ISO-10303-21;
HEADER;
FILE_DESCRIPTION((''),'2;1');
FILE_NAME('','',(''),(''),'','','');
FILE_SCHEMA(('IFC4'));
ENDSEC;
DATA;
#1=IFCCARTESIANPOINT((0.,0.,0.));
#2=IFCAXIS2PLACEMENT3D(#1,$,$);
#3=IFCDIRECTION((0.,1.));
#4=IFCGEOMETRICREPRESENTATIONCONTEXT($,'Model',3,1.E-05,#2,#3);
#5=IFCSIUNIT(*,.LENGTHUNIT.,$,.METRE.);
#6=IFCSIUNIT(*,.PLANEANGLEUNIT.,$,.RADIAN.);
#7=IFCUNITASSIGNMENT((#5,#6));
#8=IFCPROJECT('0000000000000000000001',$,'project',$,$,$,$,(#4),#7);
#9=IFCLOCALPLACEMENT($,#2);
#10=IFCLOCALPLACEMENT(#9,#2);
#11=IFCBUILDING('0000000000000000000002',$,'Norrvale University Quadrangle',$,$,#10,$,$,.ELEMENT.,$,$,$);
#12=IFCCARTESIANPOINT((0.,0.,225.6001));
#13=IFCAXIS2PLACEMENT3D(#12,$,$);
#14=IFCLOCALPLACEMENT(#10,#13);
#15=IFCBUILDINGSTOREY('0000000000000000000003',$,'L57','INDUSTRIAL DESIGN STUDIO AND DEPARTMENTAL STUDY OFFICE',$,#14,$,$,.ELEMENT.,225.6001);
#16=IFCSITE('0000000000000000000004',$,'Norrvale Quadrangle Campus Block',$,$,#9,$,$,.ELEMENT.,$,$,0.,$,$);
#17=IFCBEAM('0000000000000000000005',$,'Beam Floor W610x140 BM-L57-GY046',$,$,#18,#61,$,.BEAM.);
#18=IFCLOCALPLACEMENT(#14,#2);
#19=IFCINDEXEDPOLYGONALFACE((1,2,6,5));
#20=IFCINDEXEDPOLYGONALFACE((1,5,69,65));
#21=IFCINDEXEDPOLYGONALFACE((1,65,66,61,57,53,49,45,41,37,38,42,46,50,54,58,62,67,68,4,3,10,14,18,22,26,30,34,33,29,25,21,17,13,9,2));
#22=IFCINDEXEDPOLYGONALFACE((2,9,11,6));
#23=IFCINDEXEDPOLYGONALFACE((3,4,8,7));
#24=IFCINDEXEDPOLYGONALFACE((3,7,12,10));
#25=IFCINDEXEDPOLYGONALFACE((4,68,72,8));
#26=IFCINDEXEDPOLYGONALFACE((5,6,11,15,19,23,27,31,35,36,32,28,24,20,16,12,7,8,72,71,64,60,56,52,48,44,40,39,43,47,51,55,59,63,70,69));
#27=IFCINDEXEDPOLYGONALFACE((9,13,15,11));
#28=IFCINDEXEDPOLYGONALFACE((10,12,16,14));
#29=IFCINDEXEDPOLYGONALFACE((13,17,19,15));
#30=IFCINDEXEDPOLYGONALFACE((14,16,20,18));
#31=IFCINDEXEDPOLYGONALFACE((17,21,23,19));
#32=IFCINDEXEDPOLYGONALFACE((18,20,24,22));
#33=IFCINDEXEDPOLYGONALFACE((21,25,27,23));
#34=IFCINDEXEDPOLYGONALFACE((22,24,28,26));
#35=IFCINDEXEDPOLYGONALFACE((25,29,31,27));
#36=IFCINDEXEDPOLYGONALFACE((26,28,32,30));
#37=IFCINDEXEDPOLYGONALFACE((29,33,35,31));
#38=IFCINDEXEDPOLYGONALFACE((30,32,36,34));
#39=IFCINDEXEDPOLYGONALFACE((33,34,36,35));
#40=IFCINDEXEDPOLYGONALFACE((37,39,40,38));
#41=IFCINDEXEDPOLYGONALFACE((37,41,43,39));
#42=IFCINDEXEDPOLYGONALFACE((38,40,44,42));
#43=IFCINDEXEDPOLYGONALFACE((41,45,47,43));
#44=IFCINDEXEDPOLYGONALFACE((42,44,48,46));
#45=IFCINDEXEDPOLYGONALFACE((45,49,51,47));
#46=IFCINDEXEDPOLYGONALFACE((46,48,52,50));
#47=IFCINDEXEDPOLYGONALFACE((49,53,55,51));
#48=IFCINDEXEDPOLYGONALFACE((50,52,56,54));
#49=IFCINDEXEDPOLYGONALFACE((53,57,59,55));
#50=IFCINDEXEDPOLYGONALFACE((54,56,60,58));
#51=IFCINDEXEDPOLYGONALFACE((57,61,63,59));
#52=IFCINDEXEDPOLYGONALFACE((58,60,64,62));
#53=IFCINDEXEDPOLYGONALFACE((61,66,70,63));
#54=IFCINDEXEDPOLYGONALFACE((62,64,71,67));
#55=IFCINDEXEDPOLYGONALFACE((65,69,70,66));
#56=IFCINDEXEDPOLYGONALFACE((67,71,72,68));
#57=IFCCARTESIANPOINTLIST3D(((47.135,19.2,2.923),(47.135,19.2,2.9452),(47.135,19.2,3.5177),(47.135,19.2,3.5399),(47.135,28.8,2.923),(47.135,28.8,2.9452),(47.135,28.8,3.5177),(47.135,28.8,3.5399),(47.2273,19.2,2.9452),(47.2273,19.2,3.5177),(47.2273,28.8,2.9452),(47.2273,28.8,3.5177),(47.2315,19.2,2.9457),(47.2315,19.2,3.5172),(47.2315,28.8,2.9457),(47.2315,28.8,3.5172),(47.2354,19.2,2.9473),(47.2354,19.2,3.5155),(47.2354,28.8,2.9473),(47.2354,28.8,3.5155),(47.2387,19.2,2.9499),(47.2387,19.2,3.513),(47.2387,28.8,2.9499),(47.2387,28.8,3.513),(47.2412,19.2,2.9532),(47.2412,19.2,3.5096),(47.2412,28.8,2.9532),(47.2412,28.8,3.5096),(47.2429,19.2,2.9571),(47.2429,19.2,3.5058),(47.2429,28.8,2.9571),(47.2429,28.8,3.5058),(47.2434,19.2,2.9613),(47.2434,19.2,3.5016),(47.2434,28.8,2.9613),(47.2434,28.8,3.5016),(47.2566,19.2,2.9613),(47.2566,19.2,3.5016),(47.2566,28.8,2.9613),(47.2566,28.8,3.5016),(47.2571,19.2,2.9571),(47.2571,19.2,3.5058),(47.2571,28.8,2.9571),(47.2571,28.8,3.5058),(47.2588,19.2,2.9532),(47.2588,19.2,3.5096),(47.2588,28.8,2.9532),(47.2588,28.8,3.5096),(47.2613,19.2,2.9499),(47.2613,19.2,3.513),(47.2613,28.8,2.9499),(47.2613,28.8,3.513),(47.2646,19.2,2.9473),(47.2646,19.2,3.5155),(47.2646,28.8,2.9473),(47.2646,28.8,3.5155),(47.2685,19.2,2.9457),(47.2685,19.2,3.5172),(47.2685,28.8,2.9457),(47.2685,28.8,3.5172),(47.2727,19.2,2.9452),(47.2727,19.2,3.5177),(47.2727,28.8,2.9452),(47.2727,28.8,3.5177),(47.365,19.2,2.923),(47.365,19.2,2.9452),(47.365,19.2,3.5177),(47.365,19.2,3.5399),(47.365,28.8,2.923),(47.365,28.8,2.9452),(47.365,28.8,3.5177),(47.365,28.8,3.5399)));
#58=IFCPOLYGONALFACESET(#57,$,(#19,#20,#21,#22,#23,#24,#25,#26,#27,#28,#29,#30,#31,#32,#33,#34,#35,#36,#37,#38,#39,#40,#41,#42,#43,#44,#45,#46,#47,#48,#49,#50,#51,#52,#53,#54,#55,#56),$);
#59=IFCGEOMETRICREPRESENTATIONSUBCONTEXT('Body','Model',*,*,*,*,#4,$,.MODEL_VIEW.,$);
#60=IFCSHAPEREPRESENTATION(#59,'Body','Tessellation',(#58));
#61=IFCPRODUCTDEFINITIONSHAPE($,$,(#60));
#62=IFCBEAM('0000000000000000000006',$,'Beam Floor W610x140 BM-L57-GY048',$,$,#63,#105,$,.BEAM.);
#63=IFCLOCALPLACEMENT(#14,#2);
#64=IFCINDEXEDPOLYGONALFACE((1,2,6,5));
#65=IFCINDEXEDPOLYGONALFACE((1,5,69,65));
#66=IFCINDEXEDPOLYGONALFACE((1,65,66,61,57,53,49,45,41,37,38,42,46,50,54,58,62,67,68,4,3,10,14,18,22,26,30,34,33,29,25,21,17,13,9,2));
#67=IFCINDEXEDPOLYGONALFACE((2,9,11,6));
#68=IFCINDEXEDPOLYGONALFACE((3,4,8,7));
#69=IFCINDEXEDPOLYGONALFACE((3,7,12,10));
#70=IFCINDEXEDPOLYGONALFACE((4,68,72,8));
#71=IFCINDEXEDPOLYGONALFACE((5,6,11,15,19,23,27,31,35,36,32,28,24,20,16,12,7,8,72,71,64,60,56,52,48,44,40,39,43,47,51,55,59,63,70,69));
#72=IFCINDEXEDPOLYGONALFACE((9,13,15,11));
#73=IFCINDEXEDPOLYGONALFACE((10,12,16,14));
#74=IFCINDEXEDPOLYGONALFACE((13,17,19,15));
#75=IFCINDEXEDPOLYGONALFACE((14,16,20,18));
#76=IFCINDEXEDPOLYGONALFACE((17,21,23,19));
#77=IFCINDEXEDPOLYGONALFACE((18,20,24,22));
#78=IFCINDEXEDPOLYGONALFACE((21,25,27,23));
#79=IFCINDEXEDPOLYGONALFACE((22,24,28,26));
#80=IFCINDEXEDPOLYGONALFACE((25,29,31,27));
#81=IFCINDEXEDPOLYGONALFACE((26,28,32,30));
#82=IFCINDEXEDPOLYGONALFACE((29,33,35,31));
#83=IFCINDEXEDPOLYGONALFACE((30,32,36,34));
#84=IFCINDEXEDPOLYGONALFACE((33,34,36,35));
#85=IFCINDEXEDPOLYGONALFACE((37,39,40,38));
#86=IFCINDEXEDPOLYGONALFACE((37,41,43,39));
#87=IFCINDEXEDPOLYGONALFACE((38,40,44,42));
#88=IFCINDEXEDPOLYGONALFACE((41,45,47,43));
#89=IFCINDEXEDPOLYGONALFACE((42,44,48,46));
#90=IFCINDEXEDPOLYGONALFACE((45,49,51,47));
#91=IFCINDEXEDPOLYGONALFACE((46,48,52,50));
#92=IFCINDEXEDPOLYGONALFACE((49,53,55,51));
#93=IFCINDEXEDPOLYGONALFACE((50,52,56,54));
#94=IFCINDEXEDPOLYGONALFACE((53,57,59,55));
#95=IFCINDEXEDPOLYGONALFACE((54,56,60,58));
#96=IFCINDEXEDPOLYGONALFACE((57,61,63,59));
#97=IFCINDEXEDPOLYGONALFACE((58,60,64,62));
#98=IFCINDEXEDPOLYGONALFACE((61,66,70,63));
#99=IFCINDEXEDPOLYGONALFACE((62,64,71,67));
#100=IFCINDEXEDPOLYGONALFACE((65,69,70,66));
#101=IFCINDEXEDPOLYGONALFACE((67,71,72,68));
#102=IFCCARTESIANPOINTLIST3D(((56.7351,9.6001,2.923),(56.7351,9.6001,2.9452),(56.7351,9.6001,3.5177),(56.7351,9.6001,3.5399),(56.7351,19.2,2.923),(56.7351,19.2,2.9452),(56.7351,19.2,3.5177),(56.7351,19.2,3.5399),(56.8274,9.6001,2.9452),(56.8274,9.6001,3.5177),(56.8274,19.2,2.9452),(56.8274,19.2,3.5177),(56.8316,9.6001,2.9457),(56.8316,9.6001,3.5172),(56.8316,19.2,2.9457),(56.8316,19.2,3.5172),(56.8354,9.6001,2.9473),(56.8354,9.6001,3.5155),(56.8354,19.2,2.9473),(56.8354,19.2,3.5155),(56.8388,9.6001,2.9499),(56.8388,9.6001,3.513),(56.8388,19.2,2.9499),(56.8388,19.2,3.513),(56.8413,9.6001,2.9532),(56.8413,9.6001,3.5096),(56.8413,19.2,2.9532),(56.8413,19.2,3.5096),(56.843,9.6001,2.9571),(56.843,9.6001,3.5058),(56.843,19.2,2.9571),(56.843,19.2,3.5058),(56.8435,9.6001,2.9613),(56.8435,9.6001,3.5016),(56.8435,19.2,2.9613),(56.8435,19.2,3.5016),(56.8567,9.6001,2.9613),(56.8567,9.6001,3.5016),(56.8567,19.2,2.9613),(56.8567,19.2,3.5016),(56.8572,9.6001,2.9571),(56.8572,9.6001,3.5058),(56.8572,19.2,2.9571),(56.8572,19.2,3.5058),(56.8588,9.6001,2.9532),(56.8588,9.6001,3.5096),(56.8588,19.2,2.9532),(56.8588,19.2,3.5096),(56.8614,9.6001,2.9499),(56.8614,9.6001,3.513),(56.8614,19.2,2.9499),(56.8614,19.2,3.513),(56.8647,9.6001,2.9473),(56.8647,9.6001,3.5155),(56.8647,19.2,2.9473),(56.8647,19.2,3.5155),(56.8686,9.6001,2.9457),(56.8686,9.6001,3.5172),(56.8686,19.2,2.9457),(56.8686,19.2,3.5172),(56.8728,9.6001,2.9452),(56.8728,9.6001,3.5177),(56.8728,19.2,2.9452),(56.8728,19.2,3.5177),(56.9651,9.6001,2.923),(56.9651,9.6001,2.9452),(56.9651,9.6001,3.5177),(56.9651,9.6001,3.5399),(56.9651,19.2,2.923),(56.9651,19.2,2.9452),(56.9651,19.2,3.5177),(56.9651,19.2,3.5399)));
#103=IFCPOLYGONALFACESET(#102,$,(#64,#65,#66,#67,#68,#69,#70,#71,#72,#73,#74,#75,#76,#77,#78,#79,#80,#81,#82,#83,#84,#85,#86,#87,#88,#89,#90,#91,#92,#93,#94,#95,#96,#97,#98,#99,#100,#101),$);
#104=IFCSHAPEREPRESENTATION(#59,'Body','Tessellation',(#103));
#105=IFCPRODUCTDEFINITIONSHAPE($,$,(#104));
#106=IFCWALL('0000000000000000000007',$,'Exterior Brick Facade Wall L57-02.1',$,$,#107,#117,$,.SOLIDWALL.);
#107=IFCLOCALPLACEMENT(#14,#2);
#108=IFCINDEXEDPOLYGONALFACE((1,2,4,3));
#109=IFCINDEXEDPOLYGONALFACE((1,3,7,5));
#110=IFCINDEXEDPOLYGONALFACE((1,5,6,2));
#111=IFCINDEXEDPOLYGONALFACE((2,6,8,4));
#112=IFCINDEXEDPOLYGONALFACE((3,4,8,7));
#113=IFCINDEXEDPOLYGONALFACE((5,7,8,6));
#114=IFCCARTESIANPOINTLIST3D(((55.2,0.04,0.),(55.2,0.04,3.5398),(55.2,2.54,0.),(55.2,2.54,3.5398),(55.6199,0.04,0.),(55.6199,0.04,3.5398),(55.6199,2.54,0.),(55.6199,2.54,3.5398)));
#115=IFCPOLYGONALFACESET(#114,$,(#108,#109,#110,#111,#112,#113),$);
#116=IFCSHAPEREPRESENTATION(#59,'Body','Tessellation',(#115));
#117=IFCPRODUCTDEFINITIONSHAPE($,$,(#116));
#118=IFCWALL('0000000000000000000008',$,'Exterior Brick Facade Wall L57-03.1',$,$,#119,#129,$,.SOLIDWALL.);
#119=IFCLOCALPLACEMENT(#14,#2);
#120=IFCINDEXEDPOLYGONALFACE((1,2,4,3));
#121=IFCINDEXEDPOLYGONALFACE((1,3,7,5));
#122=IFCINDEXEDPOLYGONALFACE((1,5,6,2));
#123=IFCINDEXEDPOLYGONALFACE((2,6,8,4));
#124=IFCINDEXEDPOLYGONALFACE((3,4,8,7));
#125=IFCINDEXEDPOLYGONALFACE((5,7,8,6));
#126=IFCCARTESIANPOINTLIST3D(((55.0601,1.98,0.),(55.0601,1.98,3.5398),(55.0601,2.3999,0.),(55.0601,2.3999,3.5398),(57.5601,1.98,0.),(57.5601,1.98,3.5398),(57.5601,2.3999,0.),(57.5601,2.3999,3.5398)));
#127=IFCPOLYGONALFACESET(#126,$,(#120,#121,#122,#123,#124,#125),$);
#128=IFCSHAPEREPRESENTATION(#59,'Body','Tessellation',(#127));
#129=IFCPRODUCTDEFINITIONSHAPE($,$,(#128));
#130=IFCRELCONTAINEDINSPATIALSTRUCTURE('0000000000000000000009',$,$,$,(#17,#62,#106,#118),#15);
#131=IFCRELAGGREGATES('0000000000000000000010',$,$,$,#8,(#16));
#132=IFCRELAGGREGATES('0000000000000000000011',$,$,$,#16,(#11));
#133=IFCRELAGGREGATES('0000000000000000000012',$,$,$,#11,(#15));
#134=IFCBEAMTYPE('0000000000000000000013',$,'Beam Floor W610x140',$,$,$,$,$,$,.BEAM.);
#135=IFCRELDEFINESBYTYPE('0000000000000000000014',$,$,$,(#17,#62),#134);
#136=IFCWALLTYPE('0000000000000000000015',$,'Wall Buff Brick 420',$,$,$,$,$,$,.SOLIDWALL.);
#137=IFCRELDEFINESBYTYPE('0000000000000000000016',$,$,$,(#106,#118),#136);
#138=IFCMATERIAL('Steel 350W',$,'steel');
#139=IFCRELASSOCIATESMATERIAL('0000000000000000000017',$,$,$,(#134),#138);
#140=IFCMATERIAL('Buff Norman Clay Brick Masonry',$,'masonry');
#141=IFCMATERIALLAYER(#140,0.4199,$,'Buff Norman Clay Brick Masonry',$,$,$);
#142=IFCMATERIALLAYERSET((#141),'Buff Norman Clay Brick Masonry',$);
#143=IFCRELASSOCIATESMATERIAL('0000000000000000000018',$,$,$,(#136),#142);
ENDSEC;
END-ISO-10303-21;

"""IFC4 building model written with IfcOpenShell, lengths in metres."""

from ifc_helpers import new_model, si_unit, direction, frame, frame_2d, origin, origin_2d, place, context, subcontext, project, spatial, rectangle, i_section, extrude, material, layer, layer_set, material_profile, profile_set, type_object, element, save


model = new_model("IFC4")

# Units and contexts
model_context = context("Model", 3, precision=1e-05, world=origin(), true_north=direction((0.0, 1.0)))
body_context = subcontext(model_context, "Body", "Model", "MODEL_VIEW")
ifc_project = project(units=[si_unit("LENGTHUNIT", "METRE"), si_unit("PLANEANGLEUNIT", "RADIAN")], contexts=[model_context])

# Site, building, storey
site_placement = place(None, origin())
site = spatial("IfcSite", under=ifc_project, at=site_placement, Name="Norrvale Quadrangle Campus Block", CompositionType="ELEMENT", RefElevation=0.0)
building_placement = place(site_placement, origin())
building = spatial("IfcBuilding", under=site, at=building_placement, Name="Norrvale University Quadrangle", CompositionType="ELEMENT")
storey_placement = place(building_placement, frame((0.0, 0.0, 225.6001)))
storey = spatial("IfcBuildingStorey", under=building, at=storey_placement, Name="L57", Description="INDUSTRIAL DESIGN STUDIO AND DEPARTMENTAL STUDY OFFICE", CompositionType="ELEMENT", Elevation=225.6001)

# Beams
ifc_material_1 = material(Name="Steel 350W", Category="steel")
ifc_material_profile_1 = material_profile(ifc_material_1, i_section(OverallWidth=0.23, OverallDepth=0.6169, WebThickness=0.0132, FlangeThickness=0.0222, FilletRadius=0.0161, at=origin_2d()), Name="Steel 350W")
ifc_profile_set_1 = profile_set([ifc_material_profile_1], Name="Steel 350W")
beam_type_1 = type_object("IfcBeamType", Name="Beam Floor W610x140", PredefinedType="BEAM", material=ifc_profile_set_1)
beam_1_placement = place(storey_placement, frame((47.25, 19.2, 3.2314), z_axis=(0.0, 1.0, 0.0), x_axis=(-1.0, 0.0, 0.0)))
element("IfcBeam", 1, at=beam_1_placement, inside=storey, type_object=beam_type_1, Name="Beam Floor W610x140 BM-L57-GY046", PredefinedType="BEAM", context=body_context, shape_type="SweptSolid", body=[
    extrude(i_section(OverallWidth=0.23, OverallDepth=0.6169, WebThickness=0.0132, FlangeThickness=0.0222, FilletRadius=0.0161, at=origin_2d()), origin(), (0.0, 0.0, 1.0), 9.6001),
])
beam_2_placement = place(storey_placement, frame((56.8501, 9.6001, 3.2314), z_axis=(0.0, 1.0, 0.0), x_axis=(-1.0, 0.0, 0.0)))
element("IfcBeam", 2, at=beam_2_placement, inside=storey, type_object=beam_type_1, Name="Beam Floor W610x140 BM-L57-GY048", PredefinedType="BEAM", context=body_context, shape_type="SweptSolid", body=[
    extrude(i_section(OverallWidth=0.23, OverallDepth=0.6169, WebThickness=0.0132, FlangeThickness=0.0222, FilletRadius=0.0161, at=origin_2d()), origin(), (0.0, 0.0, 1.0), 9.5999),
])

# Walls
ifc_material_2 = material(Name="Buff Norman Clay Brick Masonry", Category="masonry")
ifc_layer_1 = layer(ifc_material_2, 0.4199, Name="Buff Norman Clay Brick Masonry")
ifc_layer_set_1 = layer_set([ifc_layer_1], Name="Buff Norman Clay Brick Masonry")
wall_type_1 = type_object("IfcWallType", Name="Wall Buff Brick 420", PredefinedType="SOLIDWALL", material=ifc_layer_set_1)
for number, where, z_axis, x_axis, name in (
    (3, (55.4099, 0.04, 0.0), (0.0, 0.0, 1.0), (0.0, 1.0, 0.0), "Exterior Brick Facade Wall L57-02.1"),
    (4, (55.0601, 2.1899, 0.0), (0.0, 0.0, 1.0), (1.0, 0.0, 0.0), "Exterior Brick Facade Wall L57-03.1"),
):
    element("IfcWall", number, at=place(storey_placement, frame(where, z_axis=z_axis, x_axis=x_axis)), inside=storey, type_object=wall_type_1, Name=name, PredefinedType="SOLIDWALL", context=body_context, shape_type="SweptSolid", body=[
        extrude(rectangle(XDim=2.5, YDim=0.4199, at=frame_2d((1.25, 0.0))), origin(), (0.0, 0.0, 1.0), 3.5398),
    ])

save(model, "model.ifc")
